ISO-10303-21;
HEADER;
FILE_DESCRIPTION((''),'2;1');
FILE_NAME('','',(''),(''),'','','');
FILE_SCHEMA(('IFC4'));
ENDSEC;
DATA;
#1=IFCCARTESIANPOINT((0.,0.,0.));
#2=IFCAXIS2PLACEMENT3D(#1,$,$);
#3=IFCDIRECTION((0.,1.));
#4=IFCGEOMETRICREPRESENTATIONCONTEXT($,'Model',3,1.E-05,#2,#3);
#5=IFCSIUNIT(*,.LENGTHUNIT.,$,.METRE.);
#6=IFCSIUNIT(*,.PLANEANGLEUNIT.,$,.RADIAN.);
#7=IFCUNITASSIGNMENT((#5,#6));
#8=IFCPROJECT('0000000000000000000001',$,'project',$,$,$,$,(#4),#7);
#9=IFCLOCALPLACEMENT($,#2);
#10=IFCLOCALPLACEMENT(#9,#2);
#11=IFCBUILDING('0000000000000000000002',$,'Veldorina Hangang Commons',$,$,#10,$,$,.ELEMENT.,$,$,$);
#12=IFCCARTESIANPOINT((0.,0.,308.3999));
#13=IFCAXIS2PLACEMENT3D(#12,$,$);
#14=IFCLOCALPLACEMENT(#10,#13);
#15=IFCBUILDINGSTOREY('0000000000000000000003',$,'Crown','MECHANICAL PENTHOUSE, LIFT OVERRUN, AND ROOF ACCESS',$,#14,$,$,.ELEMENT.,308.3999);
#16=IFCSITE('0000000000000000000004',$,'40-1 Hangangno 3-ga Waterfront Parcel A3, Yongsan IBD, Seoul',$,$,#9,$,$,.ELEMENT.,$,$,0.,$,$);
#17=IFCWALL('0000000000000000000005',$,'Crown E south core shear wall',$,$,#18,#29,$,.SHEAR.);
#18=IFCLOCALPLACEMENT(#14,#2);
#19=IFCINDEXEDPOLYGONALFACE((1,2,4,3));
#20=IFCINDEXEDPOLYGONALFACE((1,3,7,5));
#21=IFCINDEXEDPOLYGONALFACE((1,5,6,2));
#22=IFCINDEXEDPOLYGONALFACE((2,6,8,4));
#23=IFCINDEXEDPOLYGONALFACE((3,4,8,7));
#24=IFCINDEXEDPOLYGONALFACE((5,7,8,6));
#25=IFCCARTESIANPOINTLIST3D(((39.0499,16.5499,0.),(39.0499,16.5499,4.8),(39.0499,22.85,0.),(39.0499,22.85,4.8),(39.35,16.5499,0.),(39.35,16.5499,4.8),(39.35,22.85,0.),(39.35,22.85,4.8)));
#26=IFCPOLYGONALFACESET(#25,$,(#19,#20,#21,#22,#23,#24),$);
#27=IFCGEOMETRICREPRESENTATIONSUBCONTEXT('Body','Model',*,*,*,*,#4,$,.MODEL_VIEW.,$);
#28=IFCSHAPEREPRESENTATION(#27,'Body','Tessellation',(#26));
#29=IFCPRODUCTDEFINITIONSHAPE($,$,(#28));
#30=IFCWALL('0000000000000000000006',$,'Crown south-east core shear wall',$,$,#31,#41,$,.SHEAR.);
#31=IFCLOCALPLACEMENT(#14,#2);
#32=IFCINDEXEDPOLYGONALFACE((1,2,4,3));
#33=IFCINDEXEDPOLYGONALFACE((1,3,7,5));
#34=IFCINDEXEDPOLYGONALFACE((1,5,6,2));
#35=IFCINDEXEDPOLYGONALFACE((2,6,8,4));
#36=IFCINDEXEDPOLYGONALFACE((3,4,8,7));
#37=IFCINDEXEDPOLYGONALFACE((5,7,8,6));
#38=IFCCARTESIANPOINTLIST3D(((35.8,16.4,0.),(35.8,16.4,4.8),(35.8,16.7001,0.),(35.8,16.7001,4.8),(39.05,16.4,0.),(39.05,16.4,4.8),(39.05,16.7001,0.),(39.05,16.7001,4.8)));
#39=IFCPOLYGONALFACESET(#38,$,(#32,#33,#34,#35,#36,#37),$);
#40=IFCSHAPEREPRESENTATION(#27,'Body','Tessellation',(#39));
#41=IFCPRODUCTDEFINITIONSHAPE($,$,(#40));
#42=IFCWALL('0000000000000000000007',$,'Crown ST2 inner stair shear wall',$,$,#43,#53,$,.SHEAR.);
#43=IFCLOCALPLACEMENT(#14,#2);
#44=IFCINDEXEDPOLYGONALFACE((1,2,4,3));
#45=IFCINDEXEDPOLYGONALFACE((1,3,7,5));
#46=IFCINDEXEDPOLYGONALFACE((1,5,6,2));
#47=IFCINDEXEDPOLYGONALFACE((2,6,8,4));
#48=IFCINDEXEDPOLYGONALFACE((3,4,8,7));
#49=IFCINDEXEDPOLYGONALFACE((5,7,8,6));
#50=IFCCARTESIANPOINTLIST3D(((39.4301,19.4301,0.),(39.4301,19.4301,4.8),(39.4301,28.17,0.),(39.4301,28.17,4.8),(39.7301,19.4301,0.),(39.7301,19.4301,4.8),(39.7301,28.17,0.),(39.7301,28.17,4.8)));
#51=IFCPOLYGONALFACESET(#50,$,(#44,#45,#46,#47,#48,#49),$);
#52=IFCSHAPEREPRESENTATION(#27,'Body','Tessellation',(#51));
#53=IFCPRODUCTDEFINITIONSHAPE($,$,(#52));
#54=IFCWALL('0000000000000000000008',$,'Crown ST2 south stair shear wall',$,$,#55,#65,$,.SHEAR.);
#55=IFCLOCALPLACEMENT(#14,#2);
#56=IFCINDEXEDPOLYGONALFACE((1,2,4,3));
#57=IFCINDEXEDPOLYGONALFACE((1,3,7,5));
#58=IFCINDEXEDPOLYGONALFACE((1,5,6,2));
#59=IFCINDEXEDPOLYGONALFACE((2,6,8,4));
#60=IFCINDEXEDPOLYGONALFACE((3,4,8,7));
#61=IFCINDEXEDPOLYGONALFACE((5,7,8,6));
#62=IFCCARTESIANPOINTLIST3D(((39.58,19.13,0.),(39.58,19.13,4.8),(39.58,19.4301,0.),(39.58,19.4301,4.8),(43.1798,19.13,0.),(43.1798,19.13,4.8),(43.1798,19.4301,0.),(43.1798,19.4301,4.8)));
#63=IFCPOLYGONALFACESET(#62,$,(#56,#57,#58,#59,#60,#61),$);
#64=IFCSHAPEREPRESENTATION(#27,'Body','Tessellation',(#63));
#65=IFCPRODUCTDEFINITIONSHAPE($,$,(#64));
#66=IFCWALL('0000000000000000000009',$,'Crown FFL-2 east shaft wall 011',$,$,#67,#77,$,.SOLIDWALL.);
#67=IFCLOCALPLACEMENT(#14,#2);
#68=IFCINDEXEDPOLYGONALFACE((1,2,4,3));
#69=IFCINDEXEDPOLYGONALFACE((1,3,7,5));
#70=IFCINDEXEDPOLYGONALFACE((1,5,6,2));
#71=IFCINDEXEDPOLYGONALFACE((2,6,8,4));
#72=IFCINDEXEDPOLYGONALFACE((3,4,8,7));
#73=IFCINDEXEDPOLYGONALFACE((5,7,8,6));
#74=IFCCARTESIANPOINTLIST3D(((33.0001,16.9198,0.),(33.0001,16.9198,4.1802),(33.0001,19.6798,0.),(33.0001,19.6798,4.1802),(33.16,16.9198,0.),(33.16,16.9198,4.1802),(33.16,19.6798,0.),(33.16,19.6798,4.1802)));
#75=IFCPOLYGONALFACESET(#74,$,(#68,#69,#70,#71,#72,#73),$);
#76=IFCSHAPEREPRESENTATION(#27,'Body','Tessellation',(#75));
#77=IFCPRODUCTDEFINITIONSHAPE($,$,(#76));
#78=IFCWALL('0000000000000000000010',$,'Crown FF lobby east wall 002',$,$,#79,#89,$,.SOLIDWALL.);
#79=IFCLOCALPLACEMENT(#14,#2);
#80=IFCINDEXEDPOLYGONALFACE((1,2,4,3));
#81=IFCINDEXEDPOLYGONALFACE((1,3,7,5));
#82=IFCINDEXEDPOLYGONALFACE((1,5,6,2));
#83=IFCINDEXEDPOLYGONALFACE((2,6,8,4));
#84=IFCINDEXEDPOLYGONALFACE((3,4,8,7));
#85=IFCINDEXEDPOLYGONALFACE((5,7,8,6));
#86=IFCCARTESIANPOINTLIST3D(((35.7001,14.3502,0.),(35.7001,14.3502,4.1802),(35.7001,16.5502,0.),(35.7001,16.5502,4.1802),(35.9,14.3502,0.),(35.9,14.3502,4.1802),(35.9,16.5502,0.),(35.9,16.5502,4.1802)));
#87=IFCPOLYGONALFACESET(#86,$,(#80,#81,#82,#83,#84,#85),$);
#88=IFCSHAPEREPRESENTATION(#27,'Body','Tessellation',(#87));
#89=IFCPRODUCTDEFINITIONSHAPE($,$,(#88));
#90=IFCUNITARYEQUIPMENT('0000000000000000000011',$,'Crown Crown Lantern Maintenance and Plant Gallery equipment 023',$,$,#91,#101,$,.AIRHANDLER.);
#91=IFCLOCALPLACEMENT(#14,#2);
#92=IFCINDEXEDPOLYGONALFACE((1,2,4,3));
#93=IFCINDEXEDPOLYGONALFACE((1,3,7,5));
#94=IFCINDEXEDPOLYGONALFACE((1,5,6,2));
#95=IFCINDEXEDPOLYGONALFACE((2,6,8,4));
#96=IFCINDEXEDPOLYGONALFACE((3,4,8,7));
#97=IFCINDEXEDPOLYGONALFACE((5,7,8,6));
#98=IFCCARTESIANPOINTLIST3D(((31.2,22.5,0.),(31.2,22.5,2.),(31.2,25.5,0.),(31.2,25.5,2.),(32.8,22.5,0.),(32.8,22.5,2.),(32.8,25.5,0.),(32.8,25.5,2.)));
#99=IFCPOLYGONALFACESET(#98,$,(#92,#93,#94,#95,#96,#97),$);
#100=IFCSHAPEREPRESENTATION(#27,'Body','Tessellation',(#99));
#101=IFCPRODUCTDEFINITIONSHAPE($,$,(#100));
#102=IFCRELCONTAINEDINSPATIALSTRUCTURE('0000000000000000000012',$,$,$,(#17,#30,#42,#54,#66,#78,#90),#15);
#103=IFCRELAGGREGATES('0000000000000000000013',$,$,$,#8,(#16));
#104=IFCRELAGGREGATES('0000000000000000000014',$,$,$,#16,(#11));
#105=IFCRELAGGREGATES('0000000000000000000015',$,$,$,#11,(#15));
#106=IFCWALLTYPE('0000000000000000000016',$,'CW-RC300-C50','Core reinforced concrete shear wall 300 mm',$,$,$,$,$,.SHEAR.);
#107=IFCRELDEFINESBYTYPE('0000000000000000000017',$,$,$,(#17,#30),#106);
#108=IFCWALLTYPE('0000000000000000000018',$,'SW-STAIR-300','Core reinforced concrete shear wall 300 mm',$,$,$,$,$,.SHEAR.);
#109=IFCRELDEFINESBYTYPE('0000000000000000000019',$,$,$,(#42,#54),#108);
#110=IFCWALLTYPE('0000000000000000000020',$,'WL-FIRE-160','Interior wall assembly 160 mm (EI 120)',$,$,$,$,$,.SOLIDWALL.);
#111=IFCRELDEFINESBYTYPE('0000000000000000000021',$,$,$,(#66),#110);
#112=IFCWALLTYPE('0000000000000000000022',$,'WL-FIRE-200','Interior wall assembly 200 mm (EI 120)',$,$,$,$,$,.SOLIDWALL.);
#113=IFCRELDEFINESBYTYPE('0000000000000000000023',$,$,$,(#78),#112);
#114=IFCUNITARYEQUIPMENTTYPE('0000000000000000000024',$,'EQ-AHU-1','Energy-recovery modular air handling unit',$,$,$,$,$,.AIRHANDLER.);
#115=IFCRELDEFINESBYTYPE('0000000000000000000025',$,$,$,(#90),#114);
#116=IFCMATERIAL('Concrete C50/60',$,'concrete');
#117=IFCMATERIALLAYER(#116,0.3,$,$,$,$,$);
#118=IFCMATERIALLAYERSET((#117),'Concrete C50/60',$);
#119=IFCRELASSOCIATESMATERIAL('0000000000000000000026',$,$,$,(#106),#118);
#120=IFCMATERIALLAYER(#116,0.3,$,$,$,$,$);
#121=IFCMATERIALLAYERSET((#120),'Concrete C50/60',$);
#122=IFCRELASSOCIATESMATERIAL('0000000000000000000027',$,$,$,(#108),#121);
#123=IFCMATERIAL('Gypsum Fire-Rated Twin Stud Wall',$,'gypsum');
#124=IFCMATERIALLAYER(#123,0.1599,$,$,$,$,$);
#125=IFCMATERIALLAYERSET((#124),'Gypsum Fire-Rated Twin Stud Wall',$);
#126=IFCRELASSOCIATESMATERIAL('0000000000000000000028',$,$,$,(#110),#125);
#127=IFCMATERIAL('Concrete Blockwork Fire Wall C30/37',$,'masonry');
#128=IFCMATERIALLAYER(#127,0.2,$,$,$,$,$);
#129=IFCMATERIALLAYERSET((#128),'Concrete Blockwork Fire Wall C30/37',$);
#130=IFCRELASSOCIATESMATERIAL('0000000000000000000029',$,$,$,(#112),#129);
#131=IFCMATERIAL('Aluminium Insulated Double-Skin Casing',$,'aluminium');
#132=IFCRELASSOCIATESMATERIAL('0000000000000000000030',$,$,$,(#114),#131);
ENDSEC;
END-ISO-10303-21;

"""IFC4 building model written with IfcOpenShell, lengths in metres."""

from ifc_helpers import new_model, si_unit, direction, frame, frame_2d, origin, origin_2d, place, context, subcontext, project, spatial, rectangle, extrude, material, layer, layer_set, type_object, element, save


model = new_model("IFC4")

# Units and contexts
model_context = context("Model", 3, precision=1e-05, world=origin(), true_north=direction((0.0, 1.0)))
body_context = subcontext(model_context, "Body", "Model", "MODEL_VIEW")
ifc_project = project(units=[si_unit("LENGTHUNIT", "METRE"), si_unit("PLANEANGLEUNIT", "RADIAN")], contexts=[model_context])

# Site, building, storey
site_placement = place(None, origin())
site = spatial("IfcSite", under=ifc_project, at=site_placement, Name="40-1 Hangangno 3-ga Waterfront Parcel A3, Yongsan IBD, Seoul", CompositionType="ELEMENT", RefElevation=0.0)
building_placement = place(site_placement, origin())
building = spatial("IfcBuilding", under=site, at=building_placement, Name="Veldorina Hangang Commons", CompositionType="ELEMENT")
storey_placement = place(building_placement, frame((0.0, 0.0, 308.3999)))
storey = spatial("IfcBuildingStorey", under=building, at=storey_placement, Name="Crown", Description="MECHANICAL PENTHOUSE, LIFT OVERRUN, AND ROOF ACCESS", CompositionType="ELEMENT", Elevation=308.3999)

# Shared definitions
ifc_material_1 = material(Name="Concrete C50/60", Category="concrete")

# Walls
ifc_layer_1 = layer(ifc_material_1, 0.3)
ifc_layer_set_1 = layer_set([ifc_layer_1], Name="Concrete C50/60")
wall_type_1 = type_object("IfcWallType", Name="CW-RC300-C50", Description="Core reinforced concrete shear wall 300 mm", PredefinedType="SHEAR", material=ifc_layer_set_1)
wall_1_placement = place(storey_placement, frame((39.2, 16.55, 0.0), z_axis=(0.0, 0.0, 1.0), x_axis=(0.0, 1.0, 0.0)))
element("IfcWall", 1, at=wall_1_placement, inside=storey, type_object=wall_type_1, Name="Crown E south core shear wall", PredefinedType="SHEAR", context=body_context, shape_type="SweptSolid", body=[
    extrude(rectangle(XDim=6.3, YDim=0.3, at=frame_2d((3.1499, 0.0))), origin(), (0.0, 0.0, 1.0), 4.8),
])
wall_2_placement = place(storey_placement, frame((35.8, 16.55, 0.0), z_axis=(0.0, 0.0, 1.0), x_axis=(1.0, 0.0, 0.0)))
element("IfcWall", 2, at=wall_2_placement, inside=storey, type_object=wall_type_1, Name="Crown south-east core shear wall", PredefinedType="SHEAR", context=body_context, shape_type="SweptSolid", body=[
    extrude(rectangle(XDim=3.25, YDim=0.3, at=frame_2d((1.625, 0.0))), origin(), (0.0, 0.0, 1.0), 4.8),
])
ifc_layer_2 = layer(ifc_material_1, 0.3)
ifc_layer_set_2 = layer_set([ifc_layer_2], Name="Concrete C50/60")
wall_type_2 = type_object("IfcWallType", Name="SW-STAIR-300", Description="Core reinforced concrete shear wall 300 mm", PredefinedType="SHEAR", material=ifc_layer_set_2)
wall_3_placement = place(storey_placement, frame((39.5801, 19.4299, 0.0), z_axis=(0.0, 0.0, 1.0), x_axis=(0.0, 1.0, 0.0)))
element("IfcWall", 3, at=wall_3_placement, inside=storey, type_object=wall_type_2, Name="Crown ST2 inner stair shear wall", PredefinedType="SHEAR", context=body_context, shape_type="SweptSolid", body=[
    extrude(rectangle(XDim=8.74, YDim=0.3, at=frame_2d((4.3701, 0.0))), origin(), (0.0, 0.0, 1.0), 4.8),
])
wall_4_placement = place(storey_placement, frame((39.5801, 19.28, 0.0), z_axis=(0.0, 0.0, 1.0), x_axis=(1.0, 0.0, 0.0)))
element("IfcWall", 4, at=wall_4_placement, inside=storey, type_object=wall_type_2, Name="Crown ST2 south stair shear wall", PredefinedType="SHEAR", context=body_context, shape_type="SweptSolid", body=[
    extrude(rectangle(XDim=3.5999, YDim=0.3, at=frame_2d((1.7998, 0.0))), origin(), (0.0, 0.0, 1.0), 4.8),
])
ifc_material_2 = material(Name="Gypsum Fire-Rated Twin Stud Wall", Category="gypsum")
ifc_layer_3 = layer(ifc_material_2, 0.1599)
ifc_layer_set_3 = layer_set([ifc_layer_3], Name="Gypsum Fire-Rated Twin Stud Wall")
wall_type_3 = type_object("IfcWallType", Name="WL-FIRE-160", Description="Interior wall assembly 160 mm (EI 120)", PredefinedType="SOLIDWALL", material=ifc_layer_set_3)
wall_5_placement = place(storey_placement, frame((33.0801, 16.9199, 0.0), z_axis=(0.0, 0.0, 1.0), x_axis=(0.0, 1.0, 0.0)))
element("IfcWall", 5, at=wall_5_placement, inside=storey, type_object=wall_type_3, Name="Crown FFL-2 east shaft wall 011", PredefinedType="SOLIDWALL", context=body_context, shape_type="SweptSolid", body=[
    extrude(rectangle(XDim=2.76, YDim=0.1599, at=frame_2d((1.3799, 0.0))), origin(), (0.0, 0.0, 1.0), 4.1802),
])
ifc_material_3 = material(Name="Concrete Blockwork Fire Wall C30/37", Category="masonry")
ifc_layer_4 = layer(ifc_material_3, 0.2)
ifc_layer_set_4 = layer_set([ifc_layer_4], Name="Concrete Blockwork Fire Wall C30/37")
wall_type_4 = type_object("IfcWallType", Name="WL-FIRE-200", Description="Interior wall assembly 200 mm (EI 120)", PredefinedType="SOLIDWALL", material=ifc_layer_set_4)
wall_6_placement = place(storey_placement, frame((35.8, 14.3501, 0.0), z_axis=(0.0, 0.0, 1.0), x_axis=(0.0, 1.0, 0.0)))
element("IfcWall", 6, at=wall_6_placement, inside=storey, type_object=wall_type_4, Name="Crown FF lobby east wall 002", PredefinedType="SOLIDWALL", context=body_context, shape_type="SweptSolid", body=[
    extrude(rectangle(XDim=2.2, YDim=0.2, at=frame_2d((1.1001, 0.0))), origin(), (0.0, 0.0, 1.0), 4.1802),
])

# Unitary equipment
ifc_material_4 = material(Name="Aluminium Insulated Double-Skin Casing", Category="aluminium")
unitary_equipment_type = type_object("IfcUnitaryEquipmentType", Name="EQ-AHU-1", Description="Energy-recovery modular air handling unit", PredefinedType="AIRHANDLER", material=ifc_material_4)
unitary_equipment_placement = place(storey_placement, frame((32.0, 24.0, 0.0), z_axis=(0.0, 0.0, 1.0), x_axis=(1.0, 0.0, 0.0)))
element("IfcUnitaryEquipment", 7, at=unitary_equipment_placement, inside=storey, type_object=unitary_equipment_type, Name="Crown Crown Lantern Maintenance and Plant Gallery equipment 023", PredefinedType="AIRHANDLER", context=body_context, shape_type="SweptSolid", body=[
    extrude(rectangle(XDim=1.6001, YDim=3.0, at=origin_2d()), origin(), (0.0, 0.0, 1.0), 2.0),
])

save(model, "model.ifc")
